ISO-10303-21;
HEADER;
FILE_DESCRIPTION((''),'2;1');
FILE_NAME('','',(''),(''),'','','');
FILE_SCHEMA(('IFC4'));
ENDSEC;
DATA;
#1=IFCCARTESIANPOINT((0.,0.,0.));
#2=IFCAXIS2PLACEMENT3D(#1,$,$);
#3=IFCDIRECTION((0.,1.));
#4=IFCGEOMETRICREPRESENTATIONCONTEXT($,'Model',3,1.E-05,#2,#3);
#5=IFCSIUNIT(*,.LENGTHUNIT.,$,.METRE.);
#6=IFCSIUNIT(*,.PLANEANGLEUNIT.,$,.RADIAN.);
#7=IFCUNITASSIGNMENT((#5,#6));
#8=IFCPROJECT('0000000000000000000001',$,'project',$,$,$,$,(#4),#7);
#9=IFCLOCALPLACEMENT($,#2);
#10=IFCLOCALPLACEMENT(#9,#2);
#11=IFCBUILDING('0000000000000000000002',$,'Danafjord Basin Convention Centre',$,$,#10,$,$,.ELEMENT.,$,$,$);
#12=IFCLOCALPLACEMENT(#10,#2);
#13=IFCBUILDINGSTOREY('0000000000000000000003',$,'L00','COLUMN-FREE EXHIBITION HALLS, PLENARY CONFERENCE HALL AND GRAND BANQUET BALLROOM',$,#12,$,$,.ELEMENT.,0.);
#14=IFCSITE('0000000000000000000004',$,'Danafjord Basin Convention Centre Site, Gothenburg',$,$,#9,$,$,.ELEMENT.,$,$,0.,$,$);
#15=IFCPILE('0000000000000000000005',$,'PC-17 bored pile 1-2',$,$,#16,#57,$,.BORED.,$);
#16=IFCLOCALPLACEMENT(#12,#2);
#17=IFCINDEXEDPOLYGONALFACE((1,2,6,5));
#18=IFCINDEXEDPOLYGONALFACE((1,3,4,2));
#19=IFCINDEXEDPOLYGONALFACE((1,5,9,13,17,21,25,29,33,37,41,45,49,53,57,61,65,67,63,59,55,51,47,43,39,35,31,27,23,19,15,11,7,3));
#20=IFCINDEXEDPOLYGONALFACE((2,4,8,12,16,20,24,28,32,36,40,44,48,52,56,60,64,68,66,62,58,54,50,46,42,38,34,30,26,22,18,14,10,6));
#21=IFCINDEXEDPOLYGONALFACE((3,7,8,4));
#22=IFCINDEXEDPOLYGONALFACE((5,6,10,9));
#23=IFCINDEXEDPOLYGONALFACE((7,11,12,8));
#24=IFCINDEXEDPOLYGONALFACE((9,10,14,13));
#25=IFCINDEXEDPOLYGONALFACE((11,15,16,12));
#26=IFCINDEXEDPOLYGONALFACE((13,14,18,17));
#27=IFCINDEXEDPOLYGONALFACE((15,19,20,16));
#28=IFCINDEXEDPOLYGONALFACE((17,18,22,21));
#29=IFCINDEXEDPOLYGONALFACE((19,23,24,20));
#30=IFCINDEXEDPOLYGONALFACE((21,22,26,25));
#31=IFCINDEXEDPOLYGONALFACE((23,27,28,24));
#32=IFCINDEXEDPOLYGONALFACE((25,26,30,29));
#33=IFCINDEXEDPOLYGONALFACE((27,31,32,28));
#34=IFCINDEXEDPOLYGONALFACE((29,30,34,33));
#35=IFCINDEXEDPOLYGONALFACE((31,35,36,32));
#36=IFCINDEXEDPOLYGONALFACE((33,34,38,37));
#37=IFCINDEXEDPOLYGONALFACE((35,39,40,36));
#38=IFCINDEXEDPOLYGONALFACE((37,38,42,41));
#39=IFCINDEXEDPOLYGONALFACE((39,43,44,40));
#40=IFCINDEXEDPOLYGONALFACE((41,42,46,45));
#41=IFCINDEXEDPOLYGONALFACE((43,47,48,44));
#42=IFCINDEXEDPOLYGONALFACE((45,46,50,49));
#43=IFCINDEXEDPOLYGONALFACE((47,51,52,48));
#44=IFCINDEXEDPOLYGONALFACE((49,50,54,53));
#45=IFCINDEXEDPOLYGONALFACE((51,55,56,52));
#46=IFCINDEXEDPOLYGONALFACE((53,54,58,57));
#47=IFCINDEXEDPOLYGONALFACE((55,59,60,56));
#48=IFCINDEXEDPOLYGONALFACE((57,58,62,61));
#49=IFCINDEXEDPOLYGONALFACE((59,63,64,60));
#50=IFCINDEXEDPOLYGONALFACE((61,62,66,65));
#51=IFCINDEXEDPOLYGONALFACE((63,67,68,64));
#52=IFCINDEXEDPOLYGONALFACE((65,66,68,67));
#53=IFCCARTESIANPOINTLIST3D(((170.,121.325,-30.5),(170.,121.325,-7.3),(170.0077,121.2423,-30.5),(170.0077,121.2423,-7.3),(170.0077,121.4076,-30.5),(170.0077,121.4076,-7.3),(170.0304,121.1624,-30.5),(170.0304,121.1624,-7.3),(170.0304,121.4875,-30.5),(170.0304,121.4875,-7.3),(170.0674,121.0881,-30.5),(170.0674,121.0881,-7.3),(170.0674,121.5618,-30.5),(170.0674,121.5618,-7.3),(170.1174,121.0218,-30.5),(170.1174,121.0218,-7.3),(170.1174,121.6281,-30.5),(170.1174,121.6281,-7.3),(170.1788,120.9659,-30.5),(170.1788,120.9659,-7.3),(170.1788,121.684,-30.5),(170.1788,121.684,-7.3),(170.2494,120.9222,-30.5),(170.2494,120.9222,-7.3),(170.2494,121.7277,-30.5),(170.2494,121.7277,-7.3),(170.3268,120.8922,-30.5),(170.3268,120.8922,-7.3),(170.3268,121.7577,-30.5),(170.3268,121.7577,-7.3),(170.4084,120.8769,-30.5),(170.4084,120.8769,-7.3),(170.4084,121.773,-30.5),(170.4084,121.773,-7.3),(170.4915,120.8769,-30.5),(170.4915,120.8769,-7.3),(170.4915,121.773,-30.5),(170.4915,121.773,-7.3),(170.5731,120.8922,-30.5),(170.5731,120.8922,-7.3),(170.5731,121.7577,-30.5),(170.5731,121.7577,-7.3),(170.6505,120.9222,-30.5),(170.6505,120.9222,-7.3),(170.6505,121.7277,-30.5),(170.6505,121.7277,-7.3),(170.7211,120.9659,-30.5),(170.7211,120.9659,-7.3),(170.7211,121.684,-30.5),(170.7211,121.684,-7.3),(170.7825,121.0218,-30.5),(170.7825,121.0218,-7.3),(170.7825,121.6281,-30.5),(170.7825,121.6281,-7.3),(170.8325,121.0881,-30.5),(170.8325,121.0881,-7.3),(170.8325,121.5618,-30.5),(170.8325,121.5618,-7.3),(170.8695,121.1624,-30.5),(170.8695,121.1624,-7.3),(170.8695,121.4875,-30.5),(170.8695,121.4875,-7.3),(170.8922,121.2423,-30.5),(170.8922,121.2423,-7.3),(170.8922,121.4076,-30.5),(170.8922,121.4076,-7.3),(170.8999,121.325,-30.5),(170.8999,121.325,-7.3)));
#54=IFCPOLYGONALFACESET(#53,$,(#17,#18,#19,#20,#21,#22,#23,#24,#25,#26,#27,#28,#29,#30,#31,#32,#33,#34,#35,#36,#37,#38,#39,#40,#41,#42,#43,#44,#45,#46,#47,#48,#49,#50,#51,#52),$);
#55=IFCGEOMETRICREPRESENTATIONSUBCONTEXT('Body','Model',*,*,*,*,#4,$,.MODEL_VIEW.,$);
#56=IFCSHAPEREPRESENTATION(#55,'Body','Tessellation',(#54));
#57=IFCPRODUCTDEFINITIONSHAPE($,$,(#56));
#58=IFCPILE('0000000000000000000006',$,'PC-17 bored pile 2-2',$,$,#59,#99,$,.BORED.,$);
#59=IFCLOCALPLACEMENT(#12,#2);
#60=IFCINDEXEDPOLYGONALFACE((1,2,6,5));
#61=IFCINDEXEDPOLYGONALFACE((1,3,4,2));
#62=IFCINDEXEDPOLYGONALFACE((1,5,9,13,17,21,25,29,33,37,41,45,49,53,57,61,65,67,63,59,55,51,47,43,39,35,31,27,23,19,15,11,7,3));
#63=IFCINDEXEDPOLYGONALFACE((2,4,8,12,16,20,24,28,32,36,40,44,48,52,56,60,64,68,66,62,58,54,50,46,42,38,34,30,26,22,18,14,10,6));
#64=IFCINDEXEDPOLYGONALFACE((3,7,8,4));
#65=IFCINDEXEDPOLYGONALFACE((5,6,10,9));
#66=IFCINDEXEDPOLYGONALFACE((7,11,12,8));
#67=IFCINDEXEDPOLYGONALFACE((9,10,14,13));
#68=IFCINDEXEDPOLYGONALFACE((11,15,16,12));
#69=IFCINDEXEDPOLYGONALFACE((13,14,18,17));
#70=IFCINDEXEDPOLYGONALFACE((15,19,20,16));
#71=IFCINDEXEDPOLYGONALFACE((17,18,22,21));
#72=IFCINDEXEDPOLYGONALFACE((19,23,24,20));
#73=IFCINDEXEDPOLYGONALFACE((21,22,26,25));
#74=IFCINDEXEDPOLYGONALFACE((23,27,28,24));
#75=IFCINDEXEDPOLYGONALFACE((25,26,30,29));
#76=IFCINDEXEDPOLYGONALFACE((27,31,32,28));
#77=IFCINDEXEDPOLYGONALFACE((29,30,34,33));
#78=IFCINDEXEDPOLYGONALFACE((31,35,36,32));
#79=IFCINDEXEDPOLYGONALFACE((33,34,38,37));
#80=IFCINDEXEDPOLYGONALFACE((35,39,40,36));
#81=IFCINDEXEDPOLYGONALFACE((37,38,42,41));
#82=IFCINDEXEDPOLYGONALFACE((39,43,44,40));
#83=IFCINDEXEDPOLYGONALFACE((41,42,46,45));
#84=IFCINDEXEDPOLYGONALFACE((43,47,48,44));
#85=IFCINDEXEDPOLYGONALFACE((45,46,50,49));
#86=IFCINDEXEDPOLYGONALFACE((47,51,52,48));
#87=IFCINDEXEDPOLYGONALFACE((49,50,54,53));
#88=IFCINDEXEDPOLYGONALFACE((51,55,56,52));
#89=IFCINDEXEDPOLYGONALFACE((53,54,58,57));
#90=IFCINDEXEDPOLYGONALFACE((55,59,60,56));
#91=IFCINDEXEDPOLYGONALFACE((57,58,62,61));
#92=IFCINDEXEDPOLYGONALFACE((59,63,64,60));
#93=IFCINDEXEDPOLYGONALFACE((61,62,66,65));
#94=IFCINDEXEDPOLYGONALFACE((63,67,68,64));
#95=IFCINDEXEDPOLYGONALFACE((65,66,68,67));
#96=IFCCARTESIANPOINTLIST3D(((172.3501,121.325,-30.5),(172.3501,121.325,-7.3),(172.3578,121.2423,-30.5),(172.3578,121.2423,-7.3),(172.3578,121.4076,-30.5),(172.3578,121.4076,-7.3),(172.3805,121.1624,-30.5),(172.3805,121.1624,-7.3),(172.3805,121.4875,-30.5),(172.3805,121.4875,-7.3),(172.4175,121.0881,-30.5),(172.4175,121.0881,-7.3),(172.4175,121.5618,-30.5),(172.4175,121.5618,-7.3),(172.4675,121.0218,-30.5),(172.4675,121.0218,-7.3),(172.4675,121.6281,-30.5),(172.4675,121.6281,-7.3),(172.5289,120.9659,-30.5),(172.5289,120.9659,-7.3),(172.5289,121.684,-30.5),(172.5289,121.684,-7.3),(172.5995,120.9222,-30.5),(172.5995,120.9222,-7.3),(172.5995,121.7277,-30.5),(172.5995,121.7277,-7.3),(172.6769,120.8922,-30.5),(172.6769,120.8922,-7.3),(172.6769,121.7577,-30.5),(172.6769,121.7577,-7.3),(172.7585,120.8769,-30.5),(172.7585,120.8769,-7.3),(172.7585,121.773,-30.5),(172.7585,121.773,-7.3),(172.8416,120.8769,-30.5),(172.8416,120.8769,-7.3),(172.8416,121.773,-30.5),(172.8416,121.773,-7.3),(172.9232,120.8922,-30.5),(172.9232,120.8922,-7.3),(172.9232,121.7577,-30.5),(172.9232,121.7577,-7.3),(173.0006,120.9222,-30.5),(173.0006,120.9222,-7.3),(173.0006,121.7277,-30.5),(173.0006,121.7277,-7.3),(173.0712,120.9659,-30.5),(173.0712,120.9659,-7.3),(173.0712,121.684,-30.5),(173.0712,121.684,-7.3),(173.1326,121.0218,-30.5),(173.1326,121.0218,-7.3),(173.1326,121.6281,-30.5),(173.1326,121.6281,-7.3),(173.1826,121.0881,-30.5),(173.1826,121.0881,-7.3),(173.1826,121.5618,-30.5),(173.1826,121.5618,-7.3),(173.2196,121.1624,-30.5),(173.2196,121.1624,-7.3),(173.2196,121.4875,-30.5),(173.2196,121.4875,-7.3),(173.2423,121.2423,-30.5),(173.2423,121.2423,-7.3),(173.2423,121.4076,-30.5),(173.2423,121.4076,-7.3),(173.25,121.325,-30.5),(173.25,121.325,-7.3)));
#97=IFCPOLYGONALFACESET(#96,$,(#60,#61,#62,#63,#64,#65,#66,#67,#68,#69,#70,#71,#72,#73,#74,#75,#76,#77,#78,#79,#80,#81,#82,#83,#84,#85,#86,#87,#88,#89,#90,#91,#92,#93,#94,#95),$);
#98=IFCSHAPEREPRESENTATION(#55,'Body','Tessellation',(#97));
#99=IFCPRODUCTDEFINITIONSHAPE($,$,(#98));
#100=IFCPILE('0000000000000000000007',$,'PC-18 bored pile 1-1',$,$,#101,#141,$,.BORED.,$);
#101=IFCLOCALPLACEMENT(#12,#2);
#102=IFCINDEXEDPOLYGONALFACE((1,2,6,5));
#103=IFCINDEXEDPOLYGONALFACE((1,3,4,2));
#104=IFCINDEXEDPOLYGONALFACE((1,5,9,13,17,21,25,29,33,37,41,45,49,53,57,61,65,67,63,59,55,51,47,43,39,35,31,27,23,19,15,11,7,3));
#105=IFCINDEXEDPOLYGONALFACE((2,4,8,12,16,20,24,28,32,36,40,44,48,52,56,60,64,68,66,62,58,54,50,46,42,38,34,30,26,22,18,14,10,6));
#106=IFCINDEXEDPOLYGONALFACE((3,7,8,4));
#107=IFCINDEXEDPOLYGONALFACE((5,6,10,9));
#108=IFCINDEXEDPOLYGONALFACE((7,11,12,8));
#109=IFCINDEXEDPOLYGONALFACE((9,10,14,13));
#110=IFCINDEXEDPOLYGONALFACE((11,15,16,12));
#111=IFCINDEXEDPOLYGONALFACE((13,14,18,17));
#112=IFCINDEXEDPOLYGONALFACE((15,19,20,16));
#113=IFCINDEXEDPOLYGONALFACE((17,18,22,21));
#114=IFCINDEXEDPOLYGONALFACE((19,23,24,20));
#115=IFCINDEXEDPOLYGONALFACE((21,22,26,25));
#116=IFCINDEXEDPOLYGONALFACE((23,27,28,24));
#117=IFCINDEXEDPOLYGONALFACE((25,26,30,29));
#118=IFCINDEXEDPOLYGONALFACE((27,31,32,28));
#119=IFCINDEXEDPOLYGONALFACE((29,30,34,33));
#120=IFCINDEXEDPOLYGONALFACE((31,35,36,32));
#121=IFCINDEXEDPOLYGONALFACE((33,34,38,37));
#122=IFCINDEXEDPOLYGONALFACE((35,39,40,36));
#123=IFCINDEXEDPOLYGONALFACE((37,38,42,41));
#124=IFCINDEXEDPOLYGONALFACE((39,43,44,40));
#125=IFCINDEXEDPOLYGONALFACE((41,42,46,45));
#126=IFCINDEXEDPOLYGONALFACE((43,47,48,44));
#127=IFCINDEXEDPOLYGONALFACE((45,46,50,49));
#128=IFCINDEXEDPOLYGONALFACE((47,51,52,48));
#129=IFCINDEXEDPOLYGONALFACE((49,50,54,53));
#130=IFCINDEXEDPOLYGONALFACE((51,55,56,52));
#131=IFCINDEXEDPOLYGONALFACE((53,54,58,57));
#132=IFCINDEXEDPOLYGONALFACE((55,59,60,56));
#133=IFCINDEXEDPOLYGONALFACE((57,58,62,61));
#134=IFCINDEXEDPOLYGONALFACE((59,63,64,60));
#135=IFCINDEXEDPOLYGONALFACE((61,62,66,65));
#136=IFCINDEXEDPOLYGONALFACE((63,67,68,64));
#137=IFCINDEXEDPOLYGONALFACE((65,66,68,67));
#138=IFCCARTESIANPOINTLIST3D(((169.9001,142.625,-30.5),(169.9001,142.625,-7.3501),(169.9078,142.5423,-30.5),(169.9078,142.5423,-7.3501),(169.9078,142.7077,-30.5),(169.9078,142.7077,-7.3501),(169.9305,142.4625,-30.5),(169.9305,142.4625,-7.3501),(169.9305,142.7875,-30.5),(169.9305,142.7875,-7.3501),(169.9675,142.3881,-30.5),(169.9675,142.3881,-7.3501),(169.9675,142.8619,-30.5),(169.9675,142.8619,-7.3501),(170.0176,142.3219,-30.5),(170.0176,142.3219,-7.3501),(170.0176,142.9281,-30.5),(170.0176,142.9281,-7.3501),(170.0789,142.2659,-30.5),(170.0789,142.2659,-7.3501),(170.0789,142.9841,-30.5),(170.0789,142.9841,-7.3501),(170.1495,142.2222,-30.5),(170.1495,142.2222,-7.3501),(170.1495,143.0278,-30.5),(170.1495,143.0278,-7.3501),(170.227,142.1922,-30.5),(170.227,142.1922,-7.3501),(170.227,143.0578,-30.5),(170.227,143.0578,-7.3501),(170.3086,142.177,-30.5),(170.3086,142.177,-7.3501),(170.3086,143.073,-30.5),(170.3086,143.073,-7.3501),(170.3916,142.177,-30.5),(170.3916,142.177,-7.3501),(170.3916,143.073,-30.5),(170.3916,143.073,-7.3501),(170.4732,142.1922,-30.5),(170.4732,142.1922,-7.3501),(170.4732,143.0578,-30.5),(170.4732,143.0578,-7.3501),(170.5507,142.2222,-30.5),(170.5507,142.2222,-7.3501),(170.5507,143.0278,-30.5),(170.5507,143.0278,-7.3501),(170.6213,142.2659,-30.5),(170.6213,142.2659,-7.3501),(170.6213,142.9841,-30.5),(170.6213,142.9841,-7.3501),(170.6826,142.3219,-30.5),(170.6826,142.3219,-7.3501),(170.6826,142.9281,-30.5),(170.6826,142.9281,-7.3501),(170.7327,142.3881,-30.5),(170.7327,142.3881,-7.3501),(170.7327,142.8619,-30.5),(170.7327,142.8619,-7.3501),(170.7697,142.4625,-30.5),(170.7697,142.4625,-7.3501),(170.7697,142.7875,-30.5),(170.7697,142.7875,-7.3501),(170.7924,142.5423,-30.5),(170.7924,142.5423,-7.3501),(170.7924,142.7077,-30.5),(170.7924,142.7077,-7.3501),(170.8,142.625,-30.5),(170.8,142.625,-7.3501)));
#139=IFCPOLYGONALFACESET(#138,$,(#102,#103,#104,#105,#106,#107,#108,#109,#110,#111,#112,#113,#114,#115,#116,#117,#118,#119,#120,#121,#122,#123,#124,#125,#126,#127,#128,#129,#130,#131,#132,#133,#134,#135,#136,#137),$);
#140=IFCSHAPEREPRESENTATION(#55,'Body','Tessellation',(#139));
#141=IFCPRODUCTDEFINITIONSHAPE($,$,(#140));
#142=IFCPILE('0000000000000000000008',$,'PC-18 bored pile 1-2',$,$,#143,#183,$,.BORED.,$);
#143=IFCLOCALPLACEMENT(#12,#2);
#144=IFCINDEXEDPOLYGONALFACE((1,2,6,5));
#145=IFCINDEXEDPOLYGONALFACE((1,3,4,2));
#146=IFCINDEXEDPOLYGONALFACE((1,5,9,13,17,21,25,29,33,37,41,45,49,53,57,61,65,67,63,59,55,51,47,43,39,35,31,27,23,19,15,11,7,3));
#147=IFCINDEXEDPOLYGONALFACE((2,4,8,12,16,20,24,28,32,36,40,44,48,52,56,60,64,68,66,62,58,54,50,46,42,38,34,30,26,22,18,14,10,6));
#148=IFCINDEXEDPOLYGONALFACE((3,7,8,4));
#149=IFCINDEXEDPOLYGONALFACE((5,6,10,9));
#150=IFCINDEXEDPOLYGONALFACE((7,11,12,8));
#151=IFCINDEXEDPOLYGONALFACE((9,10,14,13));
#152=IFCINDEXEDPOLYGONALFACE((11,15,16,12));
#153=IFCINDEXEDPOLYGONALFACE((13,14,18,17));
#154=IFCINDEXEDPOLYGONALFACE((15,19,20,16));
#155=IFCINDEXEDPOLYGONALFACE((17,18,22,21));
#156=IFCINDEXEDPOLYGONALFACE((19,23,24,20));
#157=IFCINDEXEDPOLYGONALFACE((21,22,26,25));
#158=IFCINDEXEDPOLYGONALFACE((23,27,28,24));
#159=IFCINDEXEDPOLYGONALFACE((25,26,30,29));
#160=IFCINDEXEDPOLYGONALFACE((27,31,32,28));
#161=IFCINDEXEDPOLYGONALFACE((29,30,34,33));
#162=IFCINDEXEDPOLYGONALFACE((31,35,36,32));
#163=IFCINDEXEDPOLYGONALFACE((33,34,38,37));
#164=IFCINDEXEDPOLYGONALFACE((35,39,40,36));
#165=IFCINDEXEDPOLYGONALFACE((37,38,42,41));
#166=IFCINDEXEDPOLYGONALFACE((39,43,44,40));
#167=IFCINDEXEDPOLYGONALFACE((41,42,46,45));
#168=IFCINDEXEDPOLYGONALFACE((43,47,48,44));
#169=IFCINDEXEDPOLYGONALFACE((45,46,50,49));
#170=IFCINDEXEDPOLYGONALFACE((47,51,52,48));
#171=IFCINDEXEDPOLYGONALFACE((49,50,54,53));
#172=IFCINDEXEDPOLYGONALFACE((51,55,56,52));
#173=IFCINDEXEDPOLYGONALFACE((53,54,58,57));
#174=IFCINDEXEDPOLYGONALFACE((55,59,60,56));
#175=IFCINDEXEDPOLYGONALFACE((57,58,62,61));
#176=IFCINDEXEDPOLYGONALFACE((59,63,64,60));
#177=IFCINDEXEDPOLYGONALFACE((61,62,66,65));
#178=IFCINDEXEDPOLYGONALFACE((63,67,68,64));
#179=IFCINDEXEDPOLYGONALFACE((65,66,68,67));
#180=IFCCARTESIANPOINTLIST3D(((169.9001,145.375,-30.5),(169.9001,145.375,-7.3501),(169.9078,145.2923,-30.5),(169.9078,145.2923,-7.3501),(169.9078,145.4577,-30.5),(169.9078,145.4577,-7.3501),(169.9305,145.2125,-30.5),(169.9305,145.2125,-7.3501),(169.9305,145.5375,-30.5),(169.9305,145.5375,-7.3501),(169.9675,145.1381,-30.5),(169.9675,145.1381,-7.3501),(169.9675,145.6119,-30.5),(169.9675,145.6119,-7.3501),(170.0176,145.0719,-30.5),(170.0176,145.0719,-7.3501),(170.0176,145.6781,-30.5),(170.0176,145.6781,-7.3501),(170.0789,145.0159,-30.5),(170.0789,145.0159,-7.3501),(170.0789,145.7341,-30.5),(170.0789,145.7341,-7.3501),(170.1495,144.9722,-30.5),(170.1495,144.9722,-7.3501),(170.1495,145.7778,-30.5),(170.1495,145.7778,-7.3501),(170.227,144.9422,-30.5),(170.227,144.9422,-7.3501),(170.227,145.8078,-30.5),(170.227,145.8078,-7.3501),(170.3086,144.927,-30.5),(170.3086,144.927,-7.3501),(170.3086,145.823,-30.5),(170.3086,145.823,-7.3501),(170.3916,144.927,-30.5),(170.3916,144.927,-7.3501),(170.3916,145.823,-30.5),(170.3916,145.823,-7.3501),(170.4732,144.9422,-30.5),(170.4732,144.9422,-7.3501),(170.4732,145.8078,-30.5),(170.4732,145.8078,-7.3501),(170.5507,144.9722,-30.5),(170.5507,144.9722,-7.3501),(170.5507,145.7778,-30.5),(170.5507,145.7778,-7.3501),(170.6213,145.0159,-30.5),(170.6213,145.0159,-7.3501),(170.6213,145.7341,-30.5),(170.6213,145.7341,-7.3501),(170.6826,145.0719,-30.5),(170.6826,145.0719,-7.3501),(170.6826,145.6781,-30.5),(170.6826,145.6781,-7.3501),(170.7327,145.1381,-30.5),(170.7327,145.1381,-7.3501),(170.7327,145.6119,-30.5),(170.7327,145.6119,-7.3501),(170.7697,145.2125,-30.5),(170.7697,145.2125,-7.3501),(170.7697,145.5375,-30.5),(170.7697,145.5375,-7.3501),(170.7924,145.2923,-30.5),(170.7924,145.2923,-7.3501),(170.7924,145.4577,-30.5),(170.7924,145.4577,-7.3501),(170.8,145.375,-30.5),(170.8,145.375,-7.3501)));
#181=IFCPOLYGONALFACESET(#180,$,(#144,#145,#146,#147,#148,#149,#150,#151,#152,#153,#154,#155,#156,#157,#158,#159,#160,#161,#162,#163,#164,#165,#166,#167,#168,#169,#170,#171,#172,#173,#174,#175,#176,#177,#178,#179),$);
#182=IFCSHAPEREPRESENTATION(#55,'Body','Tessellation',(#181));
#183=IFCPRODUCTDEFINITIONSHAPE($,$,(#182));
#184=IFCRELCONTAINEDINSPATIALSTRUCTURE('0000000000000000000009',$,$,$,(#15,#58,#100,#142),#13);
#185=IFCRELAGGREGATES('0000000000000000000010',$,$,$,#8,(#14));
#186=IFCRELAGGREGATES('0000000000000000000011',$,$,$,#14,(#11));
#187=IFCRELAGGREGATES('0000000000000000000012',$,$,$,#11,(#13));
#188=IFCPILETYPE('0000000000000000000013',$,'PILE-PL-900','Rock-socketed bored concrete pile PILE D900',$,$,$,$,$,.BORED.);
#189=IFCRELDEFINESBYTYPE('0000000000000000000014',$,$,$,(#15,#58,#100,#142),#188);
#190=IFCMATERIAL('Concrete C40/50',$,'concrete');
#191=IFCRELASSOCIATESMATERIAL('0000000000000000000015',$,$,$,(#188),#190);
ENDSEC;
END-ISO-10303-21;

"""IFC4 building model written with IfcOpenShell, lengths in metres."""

from ifc_helpers import new_model, si_unit, direction, frame, origin, origin_2d, place, context, subcontext, project, spatial, circle, extrude, material, material_profile, profile_set, type_object, element, save


model = new_model("IFC4")

# Units and contexts
model_context = context("Model", 3, precision=1e-05, world=origin(), true_north=direction((0.0, 1.0)))
body_context = subcontext(model_context, "Body", "Model", "MODEL_VIEW")
ifc_project = project(units=[si_unit("LENGTHUNIT", "METRE"), si_unit("PLANEANGLEUNIT", "RADIAN")], contexts=[model_context])

# Site, building, storey
site_placement = place(None, origin())
site = spatial("IfcSite", under=ifc_project, at=site_placement, Name="Danafjord Basin Convention Centre Site, Gothenburg", CompositionType="ELEMENT", RefElevation=0.0)
building_placement = place(site_placement, origin())
building = spatial("IfcBuilding", under=site, at=building_placement, Name="Danafjord Basin Convention Centre", CompositionType="ELEMENT")
storey_placement = place(building_placement, origin())
storey = spatial("IfcBuildingStorey", under=building, at=storey_placement, Name="L00", Description="COLUMN-FREE EXHIBITION HALLS, PLENARY CONFERENCE HALL AND GRAND BANQUET BALLROOM", CompositionType="ELEMENT", Elevation=0.0)

# Shared definitions
ifc_material_1 = material(Name="Concrete C40/50", Category="concrete")

# Piles
ifc_material_profile_1 = material_profile(ifc_material_1, circle(Radius=0.45, at=origin_2d()), Name="PILE D900")
ifc_profile_set_1 = profile_set([ifc_material_profile_1], Name="Concrete C40/50")
pile_type_1 = type_object("IfcPileType", Name="PILE-PL-900", Description="Rock-socketed bored concrete pile PILE D900", PredefinedType="BORED", material=ifc_profile_set_1)
for number, where, z_axis, x_axis, name in (
    (1, (170.45, 121.325, -7.3), (0.0, 0.0, -1.0), (1.0, 0.0, 0.0), "PC-17 bored pile 1-2"),
    (2, (172.8, 121.325, -7.3), (0.0, 0.0, -1.0), (1.0, 0.0, 0.0), "PC-17 bored pile 2-2"),
):
    element("IfcPile", number, at=place(storey_placement, frame(where, z_axis=z_axis, x_axis=x_axis)), inside=storey, type_object=pile_type_1, Name=name, PredefinedType="BORED", context=body_context, shape_type="SweptSolid", body=[
        extrude(circle(Radius=0.45, at=origin_2d()), origin(), (0.0, 0.0, 1.0), 23.2),
    ])
for number, where, z_axis, x_axis, name in (
    (3, (170.3501, 142.625, -7.3501), (0.0, 0.0, -1.0), (1.0, 0.0, 0.0), "PC-18 bored pile 1-1"),
    (4, (170.3501, 145.375, -7.3501), (0.0, 0.0, -1.0), (1.0, 0.0, 0.0), "PC-18 bored pile 1-2"),
):
    element("IfcPile", number, at=place(storey_placement, frame(where, z_axis=z_axis, x_axis=x_axis)), inside=storey, type_object=pile_type_1, Name=name, PredefinedType="BORED", context=body_context, shape_type="SweptSolid", body=[
        extrude(circle(Radius=0.45, at=origin_2d()), origin(), (0.0, 0.0, 1.0), 23.1499),
    ])

save(model, "model.ifc")
